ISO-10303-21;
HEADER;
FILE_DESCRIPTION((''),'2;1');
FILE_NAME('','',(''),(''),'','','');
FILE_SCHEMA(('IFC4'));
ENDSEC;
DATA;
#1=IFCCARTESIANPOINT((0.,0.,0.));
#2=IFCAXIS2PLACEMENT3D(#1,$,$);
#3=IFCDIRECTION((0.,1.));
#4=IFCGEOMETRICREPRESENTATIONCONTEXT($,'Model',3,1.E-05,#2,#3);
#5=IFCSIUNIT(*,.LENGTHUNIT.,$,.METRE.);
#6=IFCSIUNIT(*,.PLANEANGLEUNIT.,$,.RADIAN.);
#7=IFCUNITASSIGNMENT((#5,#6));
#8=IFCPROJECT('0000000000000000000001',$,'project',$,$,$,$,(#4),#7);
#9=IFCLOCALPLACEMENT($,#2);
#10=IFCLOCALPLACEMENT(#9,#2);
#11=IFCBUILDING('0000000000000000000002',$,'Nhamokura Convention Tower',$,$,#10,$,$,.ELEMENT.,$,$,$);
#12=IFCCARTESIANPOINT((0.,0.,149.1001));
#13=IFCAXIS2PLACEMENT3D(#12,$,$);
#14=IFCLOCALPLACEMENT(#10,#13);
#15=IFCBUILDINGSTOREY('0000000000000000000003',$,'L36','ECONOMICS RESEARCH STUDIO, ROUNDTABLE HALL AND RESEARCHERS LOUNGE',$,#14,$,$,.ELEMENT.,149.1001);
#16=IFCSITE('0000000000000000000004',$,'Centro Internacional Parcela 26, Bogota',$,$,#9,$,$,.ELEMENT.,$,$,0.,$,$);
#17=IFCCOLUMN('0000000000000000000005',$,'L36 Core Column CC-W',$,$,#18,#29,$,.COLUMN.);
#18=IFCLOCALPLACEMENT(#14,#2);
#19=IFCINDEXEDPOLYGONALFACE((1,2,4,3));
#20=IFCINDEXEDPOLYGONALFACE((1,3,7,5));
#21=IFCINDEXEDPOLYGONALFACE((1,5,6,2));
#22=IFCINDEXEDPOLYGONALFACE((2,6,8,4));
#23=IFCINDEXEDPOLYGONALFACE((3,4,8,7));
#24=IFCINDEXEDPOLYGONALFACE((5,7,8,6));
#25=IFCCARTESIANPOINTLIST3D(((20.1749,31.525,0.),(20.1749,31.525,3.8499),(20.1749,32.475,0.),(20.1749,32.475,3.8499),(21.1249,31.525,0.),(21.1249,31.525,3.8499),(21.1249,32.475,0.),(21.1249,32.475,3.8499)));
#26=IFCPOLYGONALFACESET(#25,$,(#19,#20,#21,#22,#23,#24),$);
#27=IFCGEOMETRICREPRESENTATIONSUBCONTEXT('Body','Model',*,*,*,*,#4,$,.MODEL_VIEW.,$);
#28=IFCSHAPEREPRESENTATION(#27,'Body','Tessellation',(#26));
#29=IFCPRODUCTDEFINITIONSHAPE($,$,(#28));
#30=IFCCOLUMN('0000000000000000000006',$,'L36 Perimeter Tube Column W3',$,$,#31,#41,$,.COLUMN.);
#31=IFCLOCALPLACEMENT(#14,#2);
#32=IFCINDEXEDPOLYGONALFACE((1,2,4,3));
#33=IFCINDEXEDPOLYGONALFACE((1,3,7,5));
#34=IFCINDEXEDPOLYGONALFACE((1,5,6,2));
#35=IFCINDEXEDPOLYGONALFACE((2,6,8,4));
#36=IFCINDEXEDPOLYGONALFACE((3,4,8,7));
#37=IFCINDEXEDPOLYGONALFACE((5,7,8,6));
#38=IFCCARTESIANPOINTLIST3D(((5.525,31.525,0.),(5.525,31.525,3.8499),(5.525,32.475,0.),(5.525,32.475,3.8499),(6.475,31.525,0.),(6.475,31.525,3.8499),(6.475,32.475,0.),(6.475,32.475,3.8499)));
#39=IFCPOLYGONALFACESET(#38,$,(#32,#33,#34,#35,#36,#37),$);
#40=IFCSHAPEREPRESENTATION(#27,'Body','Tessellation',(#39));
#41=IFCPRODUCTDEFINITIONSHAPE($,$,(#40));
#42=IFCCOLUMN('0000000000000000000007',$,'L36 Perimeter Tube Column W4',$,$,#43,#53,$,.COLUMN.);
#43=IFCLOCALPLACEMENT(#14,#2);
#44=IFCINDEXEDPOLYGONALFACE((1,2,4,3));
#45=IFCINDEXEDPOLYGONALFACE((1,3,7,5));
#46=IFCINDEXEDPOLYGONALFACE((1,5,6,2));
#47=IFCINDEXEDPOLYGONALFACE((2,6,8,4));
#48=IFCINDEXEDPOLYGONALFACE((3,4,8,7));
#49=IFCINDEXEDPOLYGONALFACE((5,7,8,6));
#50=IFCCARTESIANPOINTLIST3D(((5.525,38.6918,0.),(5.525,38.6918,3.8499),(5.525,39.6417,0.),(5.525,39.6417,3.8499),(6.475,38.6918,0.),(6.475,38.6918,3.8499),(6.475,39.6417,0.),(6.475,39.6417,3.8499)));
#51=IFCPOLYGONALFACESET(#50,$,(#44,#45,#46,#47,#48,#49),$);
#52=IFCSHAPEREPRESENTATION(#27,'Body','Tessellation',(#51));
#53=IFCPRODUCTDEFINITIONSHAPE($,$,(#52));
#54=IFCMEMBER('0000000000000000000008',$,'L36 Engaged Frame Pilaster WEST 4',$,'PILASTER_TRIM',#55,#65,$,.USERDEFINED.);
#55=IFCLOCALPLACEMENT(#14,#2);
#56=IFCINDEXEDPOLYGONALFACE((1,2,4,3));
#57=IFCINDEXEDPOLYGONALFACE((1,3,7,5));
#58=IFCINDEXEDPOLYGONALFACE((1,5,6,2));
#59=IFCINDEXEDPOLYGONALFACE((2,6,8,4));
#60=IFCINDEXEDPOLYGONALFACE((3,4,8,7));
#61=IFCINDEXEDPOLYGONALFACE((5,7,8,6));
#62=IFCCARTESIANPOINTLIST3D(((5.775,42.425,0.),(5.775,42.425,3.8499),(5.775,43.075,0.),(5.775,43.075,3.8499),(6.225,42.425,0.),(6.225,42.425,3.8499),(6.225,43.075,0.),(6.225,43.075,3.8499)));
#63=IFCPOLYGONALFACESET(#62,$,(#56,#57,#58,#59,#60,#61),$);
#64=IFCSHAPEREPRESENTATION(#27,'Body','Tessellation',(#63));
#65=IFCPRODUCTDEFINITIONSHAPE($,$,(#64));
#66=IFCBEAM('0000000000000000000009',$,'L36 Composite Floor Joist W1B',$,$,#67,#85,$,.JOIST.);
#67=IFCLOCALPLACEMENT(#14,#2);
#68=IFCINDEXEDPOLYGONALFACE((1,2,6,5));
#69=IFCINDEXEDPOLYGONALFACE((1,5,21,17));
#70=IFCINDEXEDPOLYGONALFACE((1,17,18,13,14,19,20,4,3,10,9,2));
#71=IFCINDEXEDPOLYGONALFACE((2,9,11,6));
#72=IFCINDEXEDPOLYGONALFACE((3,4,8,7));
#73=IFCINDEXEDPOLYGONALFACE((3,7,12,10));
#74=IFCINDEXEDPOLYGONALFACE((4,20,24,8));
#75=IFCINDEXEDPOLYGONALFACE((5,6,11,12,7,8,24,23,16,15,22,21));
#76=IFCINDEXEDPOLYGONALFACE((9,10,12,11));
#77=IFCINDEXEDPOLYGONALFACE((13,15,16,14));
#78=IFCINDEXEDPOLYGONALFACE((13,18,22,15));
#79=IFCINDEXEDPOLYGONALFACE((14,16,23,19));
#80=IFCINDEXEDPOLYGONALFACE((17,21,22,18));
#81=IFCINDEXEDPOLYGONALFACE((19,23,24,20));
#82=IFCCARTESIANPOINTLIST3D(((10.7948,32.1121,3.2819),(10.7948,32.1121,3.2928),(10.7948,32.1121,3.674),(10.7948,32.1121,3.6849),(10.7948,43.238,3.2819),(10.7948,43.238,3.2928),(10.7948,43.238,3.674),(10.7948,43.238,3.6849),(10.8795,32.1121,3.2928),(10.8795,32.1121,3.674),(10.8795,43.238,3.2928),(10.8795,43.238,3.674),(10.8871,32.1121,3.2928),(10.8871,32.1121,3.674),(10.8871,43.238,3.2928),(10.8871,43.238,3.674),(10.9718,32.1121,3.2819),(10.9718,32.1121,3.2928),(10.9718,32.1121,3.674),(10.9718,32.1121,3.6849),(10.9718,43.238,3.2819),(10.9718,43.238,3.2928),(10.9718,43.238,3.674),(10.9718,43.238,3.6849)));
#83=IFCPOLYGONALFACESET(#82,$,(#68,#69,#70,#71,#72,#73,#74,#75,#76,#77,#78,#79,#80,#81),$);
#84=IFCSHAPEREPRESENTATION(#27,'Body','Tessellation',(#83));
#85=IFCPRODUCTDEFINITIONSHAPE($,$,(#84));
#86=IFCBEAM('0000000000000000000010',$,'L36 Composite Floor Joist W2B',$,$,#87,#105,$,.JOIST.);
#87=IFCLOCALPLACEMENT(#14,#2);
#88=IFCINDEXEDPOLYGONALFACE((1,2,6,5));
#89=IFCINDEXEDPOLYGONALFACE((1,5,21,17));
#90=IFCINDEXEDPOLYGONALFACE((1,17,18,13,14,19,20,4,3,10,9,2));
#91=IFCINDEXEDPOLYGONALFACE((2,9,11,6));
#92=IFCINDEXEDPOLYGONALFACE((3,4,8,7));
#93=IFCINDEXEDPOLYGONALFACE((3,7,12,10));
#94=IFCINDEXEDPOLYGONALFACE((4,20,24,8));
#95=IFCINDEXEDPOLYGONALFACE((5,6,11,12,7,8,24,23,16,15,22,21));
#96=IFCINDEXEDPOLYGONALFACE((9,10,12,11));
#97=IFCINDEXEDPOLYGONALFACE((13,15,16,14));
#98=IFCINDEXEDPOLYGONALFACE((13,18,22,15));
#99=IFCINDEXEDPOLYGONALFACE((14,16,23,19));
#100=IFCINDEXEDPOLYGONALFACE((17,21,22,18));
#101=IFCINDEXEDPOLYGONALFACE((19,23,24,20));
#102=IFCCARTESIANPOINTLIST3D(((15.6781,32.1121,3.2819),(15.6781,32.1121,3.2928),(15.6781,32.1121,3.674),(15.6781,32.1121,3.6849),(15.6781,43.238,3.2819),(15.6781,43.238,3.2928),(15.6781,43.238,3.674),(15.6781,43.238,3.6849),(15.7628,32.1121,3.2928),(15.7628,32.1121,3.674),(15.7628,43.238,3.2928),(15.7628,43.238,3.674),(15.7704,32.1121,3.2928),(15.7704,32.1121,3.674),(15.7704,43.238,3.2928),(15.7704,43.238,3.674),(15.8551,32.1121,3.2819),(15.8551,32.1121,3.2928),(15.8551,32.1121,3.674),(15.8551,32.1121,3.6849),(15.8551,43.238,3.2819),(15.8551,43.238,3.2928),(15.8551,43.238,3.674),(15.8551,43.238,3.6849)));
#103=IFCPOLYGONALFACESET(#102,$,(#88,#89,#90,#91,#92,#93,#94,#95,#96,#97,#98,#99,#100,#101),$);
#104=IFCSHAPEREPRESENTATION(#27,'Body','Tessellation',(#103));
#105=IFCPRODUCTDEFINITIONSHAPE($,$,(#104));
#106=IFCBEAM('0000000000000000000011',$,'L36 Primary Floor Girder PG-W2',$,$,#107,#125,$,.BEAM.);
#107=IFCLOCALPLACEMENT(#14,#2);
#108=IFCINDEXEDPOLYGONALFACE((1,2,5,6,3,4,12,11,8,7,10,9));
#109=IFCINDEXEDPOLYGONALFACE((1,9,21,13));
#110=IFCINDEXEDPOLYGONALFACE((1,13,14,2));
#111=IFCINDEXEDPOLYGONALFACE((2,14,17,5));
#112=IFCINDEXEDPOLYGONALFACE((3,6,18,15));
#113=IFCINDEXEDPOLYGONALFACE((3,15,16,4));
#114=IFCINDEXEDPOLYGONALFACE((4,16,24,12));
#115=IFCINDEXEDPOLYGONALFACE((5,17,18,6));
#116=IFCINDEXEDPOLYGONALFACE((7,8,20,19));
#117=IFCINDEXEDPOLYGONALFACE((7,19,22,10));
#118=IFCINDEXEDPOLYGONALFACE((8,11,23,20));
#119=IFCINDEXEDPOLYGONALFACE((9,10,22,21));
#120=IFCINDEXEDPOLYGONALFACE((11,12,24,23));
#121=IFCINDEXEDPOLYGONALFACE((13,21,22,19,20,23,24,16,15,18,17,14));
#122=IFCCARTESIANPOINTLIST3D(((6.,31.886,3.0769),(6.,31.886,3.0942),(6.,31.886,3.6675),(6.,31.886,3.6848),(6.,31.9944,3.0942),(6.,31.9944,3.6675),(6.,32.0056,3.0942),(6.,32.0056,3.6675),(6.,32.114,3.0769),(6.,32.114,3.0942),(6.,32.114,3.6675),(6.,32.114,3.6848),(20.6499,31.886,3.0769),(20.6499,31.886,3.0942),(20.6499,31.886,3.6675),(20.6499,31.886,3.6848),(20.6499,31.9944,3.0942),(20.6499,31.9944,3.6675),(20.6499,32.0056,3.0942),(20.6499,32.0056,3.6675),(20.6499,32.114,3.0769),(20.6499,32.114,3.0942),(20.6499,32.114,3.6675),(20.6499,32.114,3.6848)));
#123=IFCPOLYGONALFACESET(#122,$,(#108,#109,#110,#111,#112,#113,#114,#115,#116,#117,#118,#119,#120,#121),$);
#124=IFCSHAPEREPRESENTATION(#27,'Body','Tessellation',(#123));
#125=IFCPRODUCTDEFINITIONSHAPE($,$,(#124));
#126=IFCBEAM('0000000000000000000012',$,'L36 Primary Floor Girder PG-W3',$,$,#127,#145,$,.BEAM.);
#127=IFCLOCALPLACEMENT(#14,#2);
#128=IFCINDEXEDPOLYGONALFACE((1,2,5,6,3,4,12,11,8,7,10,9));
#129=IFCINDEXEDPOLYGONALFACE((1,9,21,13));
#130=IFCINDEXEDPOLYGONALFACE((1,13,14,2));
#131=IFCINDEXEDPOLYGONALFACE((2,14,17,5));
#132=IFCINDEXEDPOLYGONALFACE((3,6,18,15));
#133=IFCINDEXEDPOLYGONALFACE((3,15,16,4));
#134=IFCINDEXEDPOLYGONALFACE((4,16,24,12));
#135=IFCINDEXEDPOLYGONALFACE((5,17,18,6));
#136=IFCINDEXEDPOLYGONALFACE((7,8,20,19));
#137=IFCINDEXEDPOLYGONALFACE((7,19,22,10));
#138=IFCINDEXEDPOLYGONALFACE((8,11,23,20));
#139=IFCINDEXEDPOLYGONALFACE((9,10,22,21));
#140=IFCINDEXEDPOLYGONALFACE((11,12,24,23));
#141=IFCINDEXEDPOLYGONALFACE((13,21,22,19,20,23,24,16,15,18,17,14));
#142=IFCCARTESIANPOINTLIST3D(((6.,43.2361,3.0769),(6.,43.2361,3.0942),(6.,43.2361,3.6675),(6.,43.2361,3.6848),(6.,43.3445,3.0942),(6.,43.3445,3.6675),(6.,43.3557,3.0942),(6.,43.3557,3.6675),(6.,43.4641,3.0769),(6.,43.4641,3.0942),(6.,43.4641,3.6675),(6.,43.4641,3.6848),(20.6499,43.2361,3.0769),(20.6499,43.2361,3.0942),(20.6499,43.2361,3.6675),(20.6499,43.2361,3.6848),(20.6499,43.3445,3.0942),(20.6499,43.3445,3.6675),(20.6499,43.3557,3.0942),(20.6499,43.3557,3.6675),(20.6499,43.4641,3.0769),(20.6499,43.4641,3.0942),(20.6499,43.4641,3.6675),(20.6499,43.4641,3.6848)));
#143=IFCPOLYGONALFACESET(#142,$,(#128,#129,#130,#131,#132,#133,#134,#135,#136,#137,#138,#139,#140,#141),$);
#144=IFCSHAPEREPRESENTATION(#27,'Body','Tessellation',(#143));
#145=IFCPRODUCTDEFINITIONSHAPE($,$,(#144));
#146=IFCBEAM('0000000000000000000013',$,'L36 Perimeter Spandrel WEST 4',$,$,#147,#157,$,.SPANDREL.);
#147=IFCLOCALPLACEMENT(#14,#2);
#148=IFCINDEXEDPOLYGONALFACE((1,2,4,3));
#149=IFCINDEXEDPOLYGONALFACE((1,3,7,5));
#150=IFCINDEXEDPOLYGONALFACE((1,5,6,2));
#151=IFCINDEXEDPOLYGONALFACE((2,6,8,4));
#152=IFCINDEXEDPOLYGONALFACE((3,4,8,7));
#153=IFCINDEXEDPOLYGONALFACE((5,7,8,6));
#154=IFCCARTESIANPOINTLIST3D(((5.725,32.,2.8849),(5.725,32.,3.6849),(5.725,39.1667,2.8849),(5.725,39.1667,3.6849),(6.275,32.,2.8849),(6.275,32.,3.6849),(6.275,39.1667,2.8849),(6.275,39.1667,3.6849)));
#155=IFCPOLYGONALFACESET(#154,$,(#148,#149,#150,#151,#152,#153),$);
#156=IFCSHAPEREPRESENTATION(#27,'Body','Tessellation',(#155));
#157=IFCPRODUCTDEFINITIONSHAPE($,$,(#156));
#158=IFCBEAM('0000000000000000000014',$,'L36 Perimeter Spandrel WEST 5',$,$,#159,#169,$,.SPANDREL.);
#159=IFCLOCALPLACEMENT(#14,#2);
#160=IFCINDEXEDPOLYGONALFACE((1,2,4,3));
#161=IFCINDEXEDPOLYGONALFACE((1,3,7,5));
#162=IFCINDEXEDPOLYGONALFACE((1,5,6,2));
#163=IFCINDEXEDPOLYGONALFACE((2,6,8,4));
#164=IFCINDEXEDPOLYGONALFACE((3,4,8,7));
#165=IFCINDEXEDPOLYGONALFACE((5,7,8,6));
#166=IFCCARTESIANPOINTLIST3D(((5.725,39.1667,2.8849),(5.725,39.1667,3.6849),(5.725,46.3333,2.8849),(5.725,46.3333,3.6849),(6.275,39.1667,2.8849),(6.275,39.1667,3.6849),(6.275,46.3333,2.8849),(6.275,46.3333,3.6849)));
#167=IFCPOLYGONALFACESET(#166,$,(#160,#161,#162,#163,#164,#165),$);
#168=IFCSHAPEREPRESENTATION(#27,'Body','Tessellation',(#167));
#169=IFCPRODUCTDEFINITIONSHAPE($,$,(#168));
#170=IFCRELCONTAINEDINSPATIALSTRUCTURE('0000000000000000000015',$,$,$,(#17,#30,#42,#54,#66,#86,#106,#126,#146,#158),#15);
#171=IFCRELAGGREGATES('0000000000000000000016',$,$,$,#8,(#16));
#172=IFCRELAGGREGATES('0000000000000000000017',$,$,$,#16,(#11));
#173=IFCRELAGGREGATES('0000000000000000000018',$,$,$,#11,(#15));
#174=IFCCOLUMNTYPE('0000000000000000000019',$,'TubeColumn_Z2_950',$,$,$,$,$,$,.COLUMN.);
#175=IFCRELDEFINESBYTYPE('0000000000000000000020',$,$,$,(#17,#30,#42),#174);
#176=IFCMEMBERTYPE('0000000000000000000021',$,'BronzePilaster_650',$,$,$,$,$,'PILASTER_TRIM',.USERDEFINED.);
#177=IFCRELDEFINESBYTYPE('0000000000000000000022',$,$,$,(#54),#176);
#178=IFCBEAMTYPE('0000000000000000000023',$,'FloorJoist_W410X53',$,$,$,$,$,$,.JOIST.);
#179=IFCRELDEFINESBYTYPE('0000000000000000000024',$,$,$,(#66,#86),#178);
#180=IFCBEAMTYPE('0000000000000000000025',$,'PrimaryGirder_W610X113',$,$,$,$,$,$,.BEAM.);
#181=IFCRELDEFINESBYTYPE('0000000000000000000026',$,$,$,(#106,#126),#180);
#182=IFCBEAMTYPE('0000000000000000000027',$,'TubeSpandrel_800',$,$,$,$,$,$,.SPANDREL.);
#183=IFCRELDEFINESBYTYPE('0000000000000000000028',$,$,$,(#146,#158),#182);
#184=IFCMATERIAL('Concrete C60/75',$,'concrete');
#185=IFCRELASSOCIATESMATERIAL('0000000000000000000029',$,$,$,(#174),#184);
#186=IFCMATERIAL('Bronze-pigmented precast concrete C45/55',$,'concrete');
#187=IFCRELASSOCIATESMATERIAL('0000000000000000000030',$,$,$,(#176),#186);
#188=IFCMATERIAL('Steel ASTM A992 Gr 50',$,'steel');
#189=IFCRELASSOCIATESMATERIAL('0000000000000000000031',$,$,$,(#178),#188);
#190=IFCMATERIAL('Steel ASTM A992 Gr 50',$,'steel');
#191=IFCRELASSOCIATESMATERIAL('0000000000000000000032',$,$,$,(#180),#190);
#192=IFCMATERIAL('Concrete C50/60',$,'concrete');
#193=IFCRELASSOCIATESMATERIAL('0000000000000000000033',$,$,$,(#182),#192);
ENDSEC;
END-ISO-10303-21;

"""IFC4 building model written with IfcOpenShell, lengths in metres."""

from ifc_helpers import new_model, si_unit, direction, frame, origin, origin_2d, place, context, subcontext, project, spatial, rectangle, i_section, extrude, material, material_profile, profile_set, type_object, element, save


model = new_model("IFC4")

# Units and contexts
model_context = context("Model", 3, precision=1e-05, world=origin(), true_north=direction((0.0, 1.0)))
body_context = subcontext(model_context, "Body", "Model", "MODEL_VIEW")
ifc_project = project(units=[si_unit("LENGTHUNIT", "METRE"), si_unit("PLANEANGLEUNIT", "RADIAN")], contexts=[model_context])

# Site, building, storey
site_placement = place(None, origin())
site = spatial("IfcSite", under=ifc_project, at=site_placement, Name="Centro Internacional Parcela 26, Bogota", CompositionType="ELEMENT", RefElevation=0.0)
building_placement = place(site_placement, origin())
building = spatial("IfcBuilding", under=site, at=building_placement, Name="Nhamokura Convention Tower", CompositionType="ELEMENT")
storey_placement = place(building_placement, frame((0.0, 0.0, 149.1001)))
storey = spatial("IfcBuildingStorey", under=building, at=storey_placement, Name="L36", Description="ECONOMICS RESEARCH STUDIO, ROUNDTABLE HALL AND RESEARCHERS LOUNGE", CompositionType="ELEMENT", Elevation=149.1001)

# Columns
ifc_material_1 = material(Name="Concrete C60/75", Category="concrete")
ifc_material_profile_1 = material_profile(ifc_material_1, rectangle(XDim=0.95, YDim=0.95, at=origin_2d()))
ifc_profile_set_1 = profile_set([ifc_material_profile_1], Name="Concrete C60/75")
column_type = type_object("IfcColumnType", Name="TubeColumn_Z2_950", PredefinedType="COLUMN", material=ifc_profile_set_1)
for number, where, z_axis, x_axis, name in (
    (1, (20.6499, 32.0, 0.0), (0.0, 0.0, 1.0), (1.0, 0.0, 0.0), "L36 Core Column CC-W"),
    (2, (6.0, 32.0, 0.0), (0.0, 0.0, 1.0), (1.0, 0.0, 0.0), "L36 Perimeter Tube Column W3"),
    (3, (6.0, 39.1667, 0.0), (0.0, 0.0, 1.0), (1.0, 0.0, 0.0), "L36 Perimeter Tube Column W4"),
):
    element("IfcColumn", number, at=place(storey_placement, frame(where, z_axis=z_axis, x_axis=x_axis)), inside=storey, type_object=column_type, Name=name, PredefinedType="COLUMN", context=body_context, shape_type="SweptSolid", body=[
        extrude(rectangle(XDim=0.95, YDim=0.95, at=origin_2d()), origin(), (0.0, 0.0, 1.0), 3.8499),
    ])

# Member
ifc_material_2 = material(Name="Bronze-pigmented precast concrete C45/55", Category="concrete")
ifc_material_profile_2 = material_profile(ifc_material_2, rectangle(XDim=0.45, YDim=0.6499, at=origin_2d()))
ifc_profile_set_2 = profile_set([ifc_material_profile_2], Name="Bronze-pigmented precast concrete C45/55")
member_type = type_object("IfcMemberType", Name="BronzePilaster_650", ElementType="PILASTER_TRIM", PredefinedType="USERDEFINED", material=ifc_profile_set_2)
member_placement = place(storey_placement, frame((6.0, 42.75, 0.0), z_axis=(0.0, 0.0, 1.0), x_axis=(1.0, 0.0, 0.0)))
element("IfcMember", 4, at=member_placement, inside=storey, type_object=member_type, Name="L36 Engaged Frame Pilaster WEST 4", ObjectType="PILASTER_TRIM", PredefinedType="USERDEFINED", context=body_context, shape_type="SweptSolid", body=[
    extrude(rectangle(XDim=0.45, YDim=0.6499, at=origin_2d()), origin(), (0.0, 0.0, 1.0), 3.8499),
])

# Beams
ifc_material_3 = material(Name="Steel ASTM A992 Gr 50", Category="steel")
ifc_material_profile_3 = material_profile(ifc_material_3, i_section(OverallWidth=0.177, OverallDepth=0.4031, WebThickness=0.0076, FlangeThickness=0.011, at=origin_2d()))
ifc_profile_set_3 = profile_set([ifc_material_profile_3], Name="Steel ASTM A992 Gr 50")
beam_type_1 = type_object("IfcBeamType", Name="FloorJoist_W410X53", PredefinedType="JOIST", material=ifc_profile_set_3)
for number, where, z_axis, x_axis, name in (
    (5, (10.8833, 32.1121, 3.4834), (0.0, 1.0, 0.0), (-1.0, 0.0, 0.0), "L36 Composite Floor Joist W1B"),
    (6, (15.7666, 32.1121, 3.4834), (0.0, 1.0, 0.0), (-1.0, 0.0, 0.0), "L36 Composite Floor Joist W2B"),
):
    element("IfcBeam", number, at=place(storey_placement, frame(where, z_axis=z_axis, x_axis=x_axis)), inside=storey, type_object=beam_type_1, Name=name, PredefinedType="JOIST", context=body_context, shape_type="SweptSolid", body=[
        extrude(i_section(OverallWidth=0.177, OverallDepth=0.4031, WebThickness=0.0076, FlangeThickness=0.011, at=origin_2d()), origin(), (0.0, 0.0, 1.0), 11.126),
    ])
ifc_material_4 = material(Name="Steel ASTM A992 Gr 50", Category="steel")
ifc_material_profile_4 = material_profile(ifc_material_4, i_section(OverallWidth=0.228, OverallDepth=0.6079, WebThickness=0.0112, FlangeThickness=0.0173, at=origin_2d()))
ifc_profile_set_4 = profile_set([ifc_material_profile_4], Name="Steel ASTM A992 Gr 50")
beam_type_2 = type_object("IfcBeamType", Name="PrimaryGirder_W610X113", PredefinedType="BEAM", material=ifc_profile_set_4)
for number, where, z_axis, x_axis, name in (
    (7, (6.0, 32.0, 3.3809), (1.0, 0.0, 0.0), (0.0, 1.0, 0.0), "L36 Primary Floor Girder PG-W2"),
    (8, (6.0, 43.3501, 3.3809), (1.0, 0.0, 0.0), (0.0, 1.0, 0.0), "L36 Primary Floor Girder PG-W3"),
):
    element("IfcBeam", number, at=place(storey_placement, frame(where, z_axis=z_axis, x_axis=x_axis)), inside=storey, type_object=beam_type_2, Name=name, PredefinedType="BEAM", context=body_context, shape_type="SweptSolid", body=[
        extrude(i_section(OverallWidth=0.228, OverallDepth=0.6079, WebThickness=0.0112, FlangeThickness=0.0173, at=origin_2d()), origin(), (0.0, 0.0, 1.0), 14.6499),
    ])
ifc_material_5 = material(Name="Concrete C50/60", Category="concrete")
ifc_material_profile_5 = material_profile(ifc_material_5, rectangle(XDim=0.55, YDim=0.8, at=origin_2d()))
ifc_profile_set_5 = profile_set([ifc_material_profile_5], Name="Concrete C50/60")
beam_type_3 = type_object("IfcBeamType", Name="TubeSpandrel_800", PredefinedType="SPANDREL", material=ifc_profile_set_5)
beam_1_placement = place(storey_placement, frame((6.0, 32.0, 3.2849), z_axis=(0.0, 1.0, 0.0), x_axis=(-1.0, 0.0, 0.0)))
element("IfcBeam", 9, at=beam_1_placement, inside=storey, type_object=beam_type_3, Name="L36 Perimeter Spandrel WEST 4", PredefinedType="SPANDREL", context=body_context, shape_type="SweptSolid", body=[
    extrude(rectangle(XDim=0.55, YDim=0.8, at=origin_2d()), origin(), (0.0, 0.0, 1.0), 7.1667),
])
beam_2_placement = place(storey_placement, frame((6.0, 39.1667, 3.2849), z_axis=(0.0, 1.0, 0.0), x_axis=(-1.0, 0.0, 0.0)))
element("IfcBeam", 10, at=beam_2_placement, inside=storey, type_object=beam_type_3, Name="L36 Perimeter Spandrel WEST 5", PredefinedType="SPANDREL", context=body_context, shape_type="SweptSolid", body=[
    extrude(rectangle(XDim=0.55, YDim=0.8, at=origin_2d()), origin(), (0.0, 0.0, 1.0), 7.1665),
])

save(model, "model.ifc")
